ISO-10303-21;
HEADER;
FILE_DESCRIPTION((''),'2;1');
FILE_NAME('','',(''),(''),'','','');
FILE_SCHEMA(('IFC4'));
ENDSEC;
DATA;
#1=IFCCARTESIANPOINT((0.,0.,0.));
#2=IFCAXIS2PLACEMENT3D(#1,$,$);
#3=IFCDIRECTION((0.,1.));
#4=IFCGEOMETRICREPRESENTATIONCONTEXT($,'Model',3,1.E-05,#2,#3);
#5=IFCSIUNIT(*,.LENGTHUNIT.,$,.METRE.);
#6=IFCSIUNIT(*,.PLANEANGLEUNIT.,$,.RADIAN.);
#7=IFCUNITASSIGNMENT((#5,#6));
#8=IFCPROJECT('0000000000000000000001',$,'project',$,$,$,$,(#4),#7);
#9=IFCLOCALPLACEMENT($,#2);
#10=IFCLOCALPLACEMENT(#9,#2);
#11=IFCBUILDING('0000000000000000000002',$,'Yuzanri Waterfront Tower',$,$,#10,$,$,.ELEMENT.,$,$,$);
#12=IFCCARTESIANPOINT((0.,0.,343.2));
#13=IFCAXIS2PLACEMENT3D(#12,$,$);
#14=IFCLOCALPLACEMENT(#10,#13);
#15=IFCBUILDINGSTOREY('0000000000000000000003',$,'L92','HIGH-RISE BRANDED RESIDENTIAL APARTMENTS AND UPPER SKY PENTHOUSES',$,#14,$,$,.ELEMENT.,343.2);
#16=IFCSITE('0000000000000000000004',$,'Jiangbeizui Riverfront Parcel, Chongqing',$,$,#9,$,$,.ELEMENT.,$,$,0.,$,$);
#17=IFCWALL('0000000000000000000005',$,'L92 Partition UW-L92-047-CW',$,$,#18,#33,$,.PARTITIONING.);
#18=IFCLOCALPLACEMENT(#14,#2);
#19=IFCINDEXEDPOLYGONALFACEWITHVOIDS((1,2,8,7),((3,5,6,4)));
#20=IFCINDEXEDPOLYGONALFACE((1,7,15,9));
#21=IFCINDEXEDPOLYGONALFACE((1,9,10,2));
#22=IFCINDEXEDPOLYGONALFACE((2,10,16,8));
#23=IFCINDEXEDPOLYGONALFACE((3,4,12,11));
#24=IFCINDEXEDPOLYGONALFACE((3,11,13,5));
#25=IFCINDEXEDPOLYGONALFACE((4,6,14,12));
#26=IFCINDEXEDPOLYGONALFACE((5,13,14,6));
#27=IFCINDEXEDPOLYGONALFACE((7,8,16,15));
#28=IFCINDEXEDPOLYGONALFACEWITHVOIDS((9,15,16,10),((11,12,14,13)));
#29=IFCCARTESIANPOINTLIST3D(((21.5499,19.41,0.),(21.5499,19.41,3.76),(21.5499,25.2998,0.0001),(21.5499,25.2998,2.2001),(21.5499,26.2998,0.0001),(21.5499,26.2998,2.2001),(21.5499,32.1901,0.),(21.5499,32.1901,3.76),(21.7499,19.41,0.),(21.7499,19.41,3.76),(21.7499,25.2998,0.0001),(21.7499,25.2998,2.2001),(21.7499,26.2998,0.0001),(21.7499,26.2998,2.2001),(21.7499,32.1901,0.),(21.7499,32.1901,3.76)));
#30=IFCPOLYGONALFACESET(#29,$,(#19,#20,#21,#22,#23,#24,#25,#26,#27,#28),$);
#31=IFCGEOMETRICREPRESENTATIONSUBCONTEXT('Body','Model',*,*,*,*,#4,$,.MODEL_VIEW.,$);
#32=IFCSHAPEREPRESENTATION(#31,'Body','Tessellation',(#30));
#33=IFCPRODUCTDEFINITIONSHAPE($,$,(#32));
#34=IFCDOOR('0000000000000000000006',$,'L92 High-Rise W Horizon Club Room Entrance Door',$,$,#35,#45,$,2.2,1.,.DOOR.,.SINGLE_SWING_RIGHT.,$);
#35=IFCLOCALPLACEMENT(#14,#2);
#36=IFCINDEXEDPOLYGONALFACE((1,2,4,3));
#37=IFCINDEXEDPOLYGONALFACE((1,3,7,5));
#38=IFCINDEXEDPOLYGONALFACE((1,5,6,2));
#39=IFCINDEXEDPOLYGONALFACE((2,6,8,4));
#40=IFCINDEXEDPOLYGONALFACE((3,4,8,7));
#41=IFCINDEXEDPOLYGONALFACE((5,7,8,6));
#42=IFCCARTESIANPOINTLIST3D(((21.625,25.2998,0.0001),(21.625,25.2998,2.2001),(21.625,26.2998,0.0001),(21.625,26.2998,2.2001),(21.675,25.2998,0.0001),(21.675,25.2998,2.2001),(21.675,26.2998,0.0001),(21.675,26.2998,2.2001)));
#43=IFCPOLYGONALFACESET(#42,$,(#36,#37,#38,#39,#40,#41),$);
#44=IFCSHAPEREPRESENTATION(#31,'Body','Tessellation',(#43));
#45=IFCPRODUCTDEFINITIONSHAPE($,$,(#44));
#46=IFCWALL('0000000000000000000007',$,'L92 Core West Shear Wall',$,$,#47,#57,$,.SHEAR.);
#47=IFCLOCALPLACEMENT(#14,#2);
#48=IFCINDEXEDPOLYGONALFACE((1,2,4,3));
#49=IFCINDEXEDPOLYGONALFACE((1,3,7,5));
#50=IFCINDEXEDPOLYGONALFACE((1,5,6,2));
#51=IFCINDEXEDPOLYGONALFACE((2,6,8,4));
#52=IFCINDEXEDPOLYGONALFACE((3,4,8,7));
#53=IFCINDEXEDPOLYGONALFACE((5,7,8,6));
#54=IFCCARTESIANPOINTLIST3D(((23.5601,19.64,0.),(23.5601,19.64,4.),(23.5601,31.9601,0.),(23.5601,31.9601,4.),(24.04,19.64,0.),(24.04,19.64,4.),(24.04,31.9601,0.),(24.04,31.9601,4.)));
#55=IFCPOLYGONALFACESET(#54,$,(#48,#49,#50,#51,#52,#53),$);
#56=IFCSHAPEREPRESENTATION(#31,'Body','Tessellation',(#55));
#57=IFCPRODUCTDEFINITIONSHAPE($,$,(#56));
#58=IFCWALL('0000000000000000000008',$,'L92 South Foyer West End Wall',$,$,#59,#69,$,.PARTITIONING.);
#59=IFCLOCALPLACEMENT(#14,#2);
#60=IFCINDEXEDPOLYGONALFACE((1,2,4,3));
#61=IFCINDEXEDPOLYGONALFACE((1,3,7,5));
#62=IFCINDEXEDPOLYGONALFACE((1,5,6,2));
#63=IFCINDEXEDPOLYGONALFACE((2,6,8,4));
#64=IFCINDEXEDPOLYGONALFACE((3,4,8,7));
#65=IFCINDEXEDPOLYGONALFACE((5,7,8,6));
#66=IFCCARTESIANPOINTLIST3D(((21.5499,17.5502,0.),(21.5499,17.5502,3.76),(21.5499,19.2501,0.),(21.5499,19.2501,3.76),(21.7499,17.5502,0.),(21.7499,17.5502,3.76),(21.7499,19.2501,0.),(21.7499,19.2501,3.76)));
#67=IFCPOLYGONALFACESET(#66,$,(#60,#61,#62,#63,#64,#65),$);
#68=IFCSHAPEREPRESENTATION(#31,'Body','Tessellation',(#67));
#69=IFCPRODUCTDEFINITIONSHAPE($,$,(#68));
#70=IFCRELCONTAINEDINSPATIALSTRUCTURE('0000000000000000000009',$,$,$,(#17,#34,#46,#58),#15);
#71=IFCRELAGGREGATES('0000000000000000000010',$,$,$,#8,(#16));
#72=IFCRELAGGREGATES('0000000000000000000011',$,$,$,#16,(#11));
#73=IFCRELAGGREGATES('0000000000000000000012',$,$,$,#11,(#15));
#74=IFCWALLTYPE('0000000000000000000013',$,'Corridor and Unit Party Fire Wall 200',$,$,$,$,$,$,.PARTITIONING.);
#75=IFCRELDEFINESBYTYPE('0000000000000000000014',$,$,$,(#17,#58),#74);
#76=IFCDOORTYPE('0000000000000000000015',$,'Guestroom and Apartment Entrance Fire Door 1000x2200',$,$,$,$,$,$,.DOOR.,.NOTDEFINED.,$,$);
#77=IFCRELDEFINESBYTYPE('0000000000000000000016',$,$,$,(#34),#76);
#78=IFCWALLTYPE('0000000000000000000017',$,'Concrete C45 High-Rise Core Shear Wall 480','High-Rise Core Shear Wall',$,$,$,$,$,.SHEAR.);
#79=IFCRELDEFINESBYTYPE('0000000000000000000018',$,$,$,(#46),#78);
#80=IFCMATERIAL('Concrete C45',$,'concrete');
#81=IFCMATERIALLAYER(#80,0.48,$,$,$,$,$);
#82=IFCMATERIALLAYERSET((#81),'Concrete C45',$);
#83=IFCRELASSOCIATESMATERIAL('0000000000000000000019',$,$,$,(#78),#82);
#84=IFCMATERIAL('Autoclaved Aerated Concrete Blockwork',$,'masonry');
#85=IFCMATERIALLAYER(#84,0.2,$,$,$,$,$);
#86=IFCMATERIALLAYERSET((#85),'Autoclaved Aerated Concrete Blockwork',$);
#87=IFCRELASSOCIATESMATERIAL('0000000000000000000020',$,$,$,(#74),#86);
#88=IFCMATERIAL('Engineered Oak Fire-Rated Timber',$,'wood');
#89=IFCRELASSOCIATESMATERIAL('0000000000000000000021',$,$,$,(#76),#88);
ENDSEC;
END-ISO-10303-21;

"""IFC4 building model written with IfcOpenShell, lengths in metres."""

from ifc_helpers import new_model, si_unit, direction, frame, frame_2d, origin, place, context, subcontext, project, spatial, rectangle, extrude, source, transform, mapped, material, layer, layer_set, type_object, element, fill, save


model = new_model("IFC4")

# Units and contexts
model_context = context("Model", 3, precision=1e-05, world=origin(), true_north=direction((0.0, 1.0)))
body_context = subcontext(model_context, "Body", "Model", "MODEL_VIEW")
ifc_project = project(units=[si_unit("LENGTHUNIT", "METRE"), si_unit("PLANEANGLEUNIT", "RADIAN")], contexts=[model_context])

# Site, building, storey
site_placement = place(None, origin())
site = spatial("IfcSite", under=ifc_project, at=site_placement, Name="Jiangbeizui Riverfront Parcel, Chongqing", CompositionType="ELEMENT", RefElevation=0.0)
building_placement = place(site_placement, origin())
building = spatial("IfcBuilding", under=site, at=building_placement, Name="Yuzanri Waterfront Tower", CompositionType="ELEMENT")
storey_placement = place(building_placement, frame((0.0, 0.0, 343.2)))
storey = spatial("IfcBuildingStorey", under=building, at=storey_placement, Name="L92", Description="HIGH-RISE BRANDED RESIDENTIAL APARTMENTS AND UPPER SKY PENTHOUSES", CompositionType="ELEMENT", Elevation=343.2)

# Shared definitions
ifc_material_1 = material(Name="Concrete C45", Category="concrete")
ifc_layer_1 = layer(ifc_material_1, 0.48)
ifc_layer_set_1 = layer_set([ifc_layer_1], Name="Concrete C45")
wall_type_1 = type_object("IfcWallType", Name="Concrete C45 High-Rise Core Shear Wall 480", Description="High-Rise Core Shear Wall", PredefinedType="SHEAR", material=ifc_layer_set_1)

# Wall, opening, door
ifc_material_2 = material(Name="Autoclaved Aerated Concrete Blockwork", Category="masonry")
ifc_layer_2 = layer(ifc_material_2, 0.2)
ifc_layer_set_2 = layer_set([ifc_layer_2], Name="Autoclaved Aerated Concrete Blockwork")
wall_type_2 = type_object("IfcWallType", Name="Corridor and Unit Party Fire Wall 200", PredefinedType="PARTITIONING", material=ifc_layer_set_2)
ifc_material_3 = material(Name="Engineered Oak Fire-Rated Timber", Category="wood")
door_type_1 = type_object("IfcDoorType", Name="Guestroom and Apartment Entrance Fire Door 1000x2200", OperationType="NOTDEFINED", PredefinedType="DOOR", material=ifc_material_3)
shared_shape_1 = source(origin(), body_context, "Body", "SweptSolid", [
    extrude(rectangle(XDim=1.0, YDim=2.2, at=frame_2d((0.5, 1.1001))), frame((0.0, 0.0249, 0.0), z_axis=(0.0, -1.0, 0.0), x_axis=(1.0, 0.0, 0.0)), (0.0, 0.0, 1.0), 0.05),
])
wall_1_placement = place(storey_placement, frame((21.6499, 19.4099, 0.0), z_axis=(0.0, 0.0, 1.0), x_axis=(0.0, 1.0, 0.0)))
wall_1 = element("IfcWall", 1, at=wall_1_placement, inside=storey, type_object=wall_type_2, Name="L92 Partition UW-L92-047-CW", PredefinedType="PARTITIONING", context=body_context, shape_type="SweptSolid", body=[
    extrude(rectangle(XDim=12.78, YDim=0.2, at=frame_2d((6.3901, 0.0))), origin(), (0.0, 0.0, 1.0), 3.76),
])
opening_1_placement = place(wall_1_placement, frame((5.8899, 0.0, 0.0)))
opening_1 = element("IfcOpeningElement", 2, at=opening_1_placement, cuts=wall_1, PredefinedType="OPENING", context=body_context, shape_type="SweptSolid", body=[
    extrude(rectangle(XDim=1.0, YDim=2.2, at=frame_2d((0.5, 1.1001))), frame((0.0, 0.1147, 0.0), z_axis=(0.0, -1.0, 0.0), x_axis=(1.0, 0.0, 0.0)), (0.0, 0.0, 1.0), 0.2297),
])
door_1_placement = place(opening_1_placement, origin())
door_1 = element("IfcDoor", 3, at=door_1_placement, inside=storey, type_object=door_type_1, Name="L92 High-Rise W Horizon Club Room Entrance Door", OperationType="SINGLE_SWING_RIGHT", OverallHeight=2.2, OverallWidth=1.0, PredefinedType="DOOR", context=body_context, shape_type="MappedRepresentation", body=[
    mapped(shared_shape_1, transform((0.0, 0.0, 0.0), scale=1.0)),
])
fill(opening_1, door_1)

# Walls
shared_shape_2 = source(origin(), body_context, "Body", "SweptSolid", [
    extrude(rectangle(XDim=12.3201, YDim=0.48, at=frame_2d((6.1602, 0.0))), origin(), (0.0, 0.0, 1.0), 4.0),
])
wall_2_placement = place(storey_placement, frame((23.8, 19.6399, 0.0), z_axis=(0.0, 0.0, 1.0), x_axis=(0.0, 1.0, 0.0)))
element("IfcWall", 4, at=wall_2_placement, inside=storey, type_object=wall_type_1, Name="L92 Core West Shear Wall", PredefinedType="SHEAR", context=body_context, shape_type="MappedRepresentation", body=[
    mapped(shared_shape_2, transform((0.0, 0.0, 0.0), scale=1.0)),
])
shared_shape_3 = source(origin(), body_context, "Body", "SweptSolid", [
    extrude(rectangle(XDim=1.7, YDim=0.2, at=frame_2d((0.8501, 0.0))), origin(), (0.0, 0.0, 1.0), 3.76),
])
wall_3_placement = place(storey_placement, frame((21.6499, 17.55, 0.0), z_axis=(0.0, 0.0, 1.0), x_axis=(0.0, 1.0, 0.0)))
element("IfcWall", 5, at=wall_3_placement, inside=storey, type_object=wall_type_2, Name="L92 South Foyer West End Wall", PredefinedType="PARTITIONING", context=body_context, shape_type="MappedRepresentation", body=[
    mapped(shared_shape_3, transform((0.0, 0.0, 0.0), scale=1.0)),
])

save(model, "model.ifc")
